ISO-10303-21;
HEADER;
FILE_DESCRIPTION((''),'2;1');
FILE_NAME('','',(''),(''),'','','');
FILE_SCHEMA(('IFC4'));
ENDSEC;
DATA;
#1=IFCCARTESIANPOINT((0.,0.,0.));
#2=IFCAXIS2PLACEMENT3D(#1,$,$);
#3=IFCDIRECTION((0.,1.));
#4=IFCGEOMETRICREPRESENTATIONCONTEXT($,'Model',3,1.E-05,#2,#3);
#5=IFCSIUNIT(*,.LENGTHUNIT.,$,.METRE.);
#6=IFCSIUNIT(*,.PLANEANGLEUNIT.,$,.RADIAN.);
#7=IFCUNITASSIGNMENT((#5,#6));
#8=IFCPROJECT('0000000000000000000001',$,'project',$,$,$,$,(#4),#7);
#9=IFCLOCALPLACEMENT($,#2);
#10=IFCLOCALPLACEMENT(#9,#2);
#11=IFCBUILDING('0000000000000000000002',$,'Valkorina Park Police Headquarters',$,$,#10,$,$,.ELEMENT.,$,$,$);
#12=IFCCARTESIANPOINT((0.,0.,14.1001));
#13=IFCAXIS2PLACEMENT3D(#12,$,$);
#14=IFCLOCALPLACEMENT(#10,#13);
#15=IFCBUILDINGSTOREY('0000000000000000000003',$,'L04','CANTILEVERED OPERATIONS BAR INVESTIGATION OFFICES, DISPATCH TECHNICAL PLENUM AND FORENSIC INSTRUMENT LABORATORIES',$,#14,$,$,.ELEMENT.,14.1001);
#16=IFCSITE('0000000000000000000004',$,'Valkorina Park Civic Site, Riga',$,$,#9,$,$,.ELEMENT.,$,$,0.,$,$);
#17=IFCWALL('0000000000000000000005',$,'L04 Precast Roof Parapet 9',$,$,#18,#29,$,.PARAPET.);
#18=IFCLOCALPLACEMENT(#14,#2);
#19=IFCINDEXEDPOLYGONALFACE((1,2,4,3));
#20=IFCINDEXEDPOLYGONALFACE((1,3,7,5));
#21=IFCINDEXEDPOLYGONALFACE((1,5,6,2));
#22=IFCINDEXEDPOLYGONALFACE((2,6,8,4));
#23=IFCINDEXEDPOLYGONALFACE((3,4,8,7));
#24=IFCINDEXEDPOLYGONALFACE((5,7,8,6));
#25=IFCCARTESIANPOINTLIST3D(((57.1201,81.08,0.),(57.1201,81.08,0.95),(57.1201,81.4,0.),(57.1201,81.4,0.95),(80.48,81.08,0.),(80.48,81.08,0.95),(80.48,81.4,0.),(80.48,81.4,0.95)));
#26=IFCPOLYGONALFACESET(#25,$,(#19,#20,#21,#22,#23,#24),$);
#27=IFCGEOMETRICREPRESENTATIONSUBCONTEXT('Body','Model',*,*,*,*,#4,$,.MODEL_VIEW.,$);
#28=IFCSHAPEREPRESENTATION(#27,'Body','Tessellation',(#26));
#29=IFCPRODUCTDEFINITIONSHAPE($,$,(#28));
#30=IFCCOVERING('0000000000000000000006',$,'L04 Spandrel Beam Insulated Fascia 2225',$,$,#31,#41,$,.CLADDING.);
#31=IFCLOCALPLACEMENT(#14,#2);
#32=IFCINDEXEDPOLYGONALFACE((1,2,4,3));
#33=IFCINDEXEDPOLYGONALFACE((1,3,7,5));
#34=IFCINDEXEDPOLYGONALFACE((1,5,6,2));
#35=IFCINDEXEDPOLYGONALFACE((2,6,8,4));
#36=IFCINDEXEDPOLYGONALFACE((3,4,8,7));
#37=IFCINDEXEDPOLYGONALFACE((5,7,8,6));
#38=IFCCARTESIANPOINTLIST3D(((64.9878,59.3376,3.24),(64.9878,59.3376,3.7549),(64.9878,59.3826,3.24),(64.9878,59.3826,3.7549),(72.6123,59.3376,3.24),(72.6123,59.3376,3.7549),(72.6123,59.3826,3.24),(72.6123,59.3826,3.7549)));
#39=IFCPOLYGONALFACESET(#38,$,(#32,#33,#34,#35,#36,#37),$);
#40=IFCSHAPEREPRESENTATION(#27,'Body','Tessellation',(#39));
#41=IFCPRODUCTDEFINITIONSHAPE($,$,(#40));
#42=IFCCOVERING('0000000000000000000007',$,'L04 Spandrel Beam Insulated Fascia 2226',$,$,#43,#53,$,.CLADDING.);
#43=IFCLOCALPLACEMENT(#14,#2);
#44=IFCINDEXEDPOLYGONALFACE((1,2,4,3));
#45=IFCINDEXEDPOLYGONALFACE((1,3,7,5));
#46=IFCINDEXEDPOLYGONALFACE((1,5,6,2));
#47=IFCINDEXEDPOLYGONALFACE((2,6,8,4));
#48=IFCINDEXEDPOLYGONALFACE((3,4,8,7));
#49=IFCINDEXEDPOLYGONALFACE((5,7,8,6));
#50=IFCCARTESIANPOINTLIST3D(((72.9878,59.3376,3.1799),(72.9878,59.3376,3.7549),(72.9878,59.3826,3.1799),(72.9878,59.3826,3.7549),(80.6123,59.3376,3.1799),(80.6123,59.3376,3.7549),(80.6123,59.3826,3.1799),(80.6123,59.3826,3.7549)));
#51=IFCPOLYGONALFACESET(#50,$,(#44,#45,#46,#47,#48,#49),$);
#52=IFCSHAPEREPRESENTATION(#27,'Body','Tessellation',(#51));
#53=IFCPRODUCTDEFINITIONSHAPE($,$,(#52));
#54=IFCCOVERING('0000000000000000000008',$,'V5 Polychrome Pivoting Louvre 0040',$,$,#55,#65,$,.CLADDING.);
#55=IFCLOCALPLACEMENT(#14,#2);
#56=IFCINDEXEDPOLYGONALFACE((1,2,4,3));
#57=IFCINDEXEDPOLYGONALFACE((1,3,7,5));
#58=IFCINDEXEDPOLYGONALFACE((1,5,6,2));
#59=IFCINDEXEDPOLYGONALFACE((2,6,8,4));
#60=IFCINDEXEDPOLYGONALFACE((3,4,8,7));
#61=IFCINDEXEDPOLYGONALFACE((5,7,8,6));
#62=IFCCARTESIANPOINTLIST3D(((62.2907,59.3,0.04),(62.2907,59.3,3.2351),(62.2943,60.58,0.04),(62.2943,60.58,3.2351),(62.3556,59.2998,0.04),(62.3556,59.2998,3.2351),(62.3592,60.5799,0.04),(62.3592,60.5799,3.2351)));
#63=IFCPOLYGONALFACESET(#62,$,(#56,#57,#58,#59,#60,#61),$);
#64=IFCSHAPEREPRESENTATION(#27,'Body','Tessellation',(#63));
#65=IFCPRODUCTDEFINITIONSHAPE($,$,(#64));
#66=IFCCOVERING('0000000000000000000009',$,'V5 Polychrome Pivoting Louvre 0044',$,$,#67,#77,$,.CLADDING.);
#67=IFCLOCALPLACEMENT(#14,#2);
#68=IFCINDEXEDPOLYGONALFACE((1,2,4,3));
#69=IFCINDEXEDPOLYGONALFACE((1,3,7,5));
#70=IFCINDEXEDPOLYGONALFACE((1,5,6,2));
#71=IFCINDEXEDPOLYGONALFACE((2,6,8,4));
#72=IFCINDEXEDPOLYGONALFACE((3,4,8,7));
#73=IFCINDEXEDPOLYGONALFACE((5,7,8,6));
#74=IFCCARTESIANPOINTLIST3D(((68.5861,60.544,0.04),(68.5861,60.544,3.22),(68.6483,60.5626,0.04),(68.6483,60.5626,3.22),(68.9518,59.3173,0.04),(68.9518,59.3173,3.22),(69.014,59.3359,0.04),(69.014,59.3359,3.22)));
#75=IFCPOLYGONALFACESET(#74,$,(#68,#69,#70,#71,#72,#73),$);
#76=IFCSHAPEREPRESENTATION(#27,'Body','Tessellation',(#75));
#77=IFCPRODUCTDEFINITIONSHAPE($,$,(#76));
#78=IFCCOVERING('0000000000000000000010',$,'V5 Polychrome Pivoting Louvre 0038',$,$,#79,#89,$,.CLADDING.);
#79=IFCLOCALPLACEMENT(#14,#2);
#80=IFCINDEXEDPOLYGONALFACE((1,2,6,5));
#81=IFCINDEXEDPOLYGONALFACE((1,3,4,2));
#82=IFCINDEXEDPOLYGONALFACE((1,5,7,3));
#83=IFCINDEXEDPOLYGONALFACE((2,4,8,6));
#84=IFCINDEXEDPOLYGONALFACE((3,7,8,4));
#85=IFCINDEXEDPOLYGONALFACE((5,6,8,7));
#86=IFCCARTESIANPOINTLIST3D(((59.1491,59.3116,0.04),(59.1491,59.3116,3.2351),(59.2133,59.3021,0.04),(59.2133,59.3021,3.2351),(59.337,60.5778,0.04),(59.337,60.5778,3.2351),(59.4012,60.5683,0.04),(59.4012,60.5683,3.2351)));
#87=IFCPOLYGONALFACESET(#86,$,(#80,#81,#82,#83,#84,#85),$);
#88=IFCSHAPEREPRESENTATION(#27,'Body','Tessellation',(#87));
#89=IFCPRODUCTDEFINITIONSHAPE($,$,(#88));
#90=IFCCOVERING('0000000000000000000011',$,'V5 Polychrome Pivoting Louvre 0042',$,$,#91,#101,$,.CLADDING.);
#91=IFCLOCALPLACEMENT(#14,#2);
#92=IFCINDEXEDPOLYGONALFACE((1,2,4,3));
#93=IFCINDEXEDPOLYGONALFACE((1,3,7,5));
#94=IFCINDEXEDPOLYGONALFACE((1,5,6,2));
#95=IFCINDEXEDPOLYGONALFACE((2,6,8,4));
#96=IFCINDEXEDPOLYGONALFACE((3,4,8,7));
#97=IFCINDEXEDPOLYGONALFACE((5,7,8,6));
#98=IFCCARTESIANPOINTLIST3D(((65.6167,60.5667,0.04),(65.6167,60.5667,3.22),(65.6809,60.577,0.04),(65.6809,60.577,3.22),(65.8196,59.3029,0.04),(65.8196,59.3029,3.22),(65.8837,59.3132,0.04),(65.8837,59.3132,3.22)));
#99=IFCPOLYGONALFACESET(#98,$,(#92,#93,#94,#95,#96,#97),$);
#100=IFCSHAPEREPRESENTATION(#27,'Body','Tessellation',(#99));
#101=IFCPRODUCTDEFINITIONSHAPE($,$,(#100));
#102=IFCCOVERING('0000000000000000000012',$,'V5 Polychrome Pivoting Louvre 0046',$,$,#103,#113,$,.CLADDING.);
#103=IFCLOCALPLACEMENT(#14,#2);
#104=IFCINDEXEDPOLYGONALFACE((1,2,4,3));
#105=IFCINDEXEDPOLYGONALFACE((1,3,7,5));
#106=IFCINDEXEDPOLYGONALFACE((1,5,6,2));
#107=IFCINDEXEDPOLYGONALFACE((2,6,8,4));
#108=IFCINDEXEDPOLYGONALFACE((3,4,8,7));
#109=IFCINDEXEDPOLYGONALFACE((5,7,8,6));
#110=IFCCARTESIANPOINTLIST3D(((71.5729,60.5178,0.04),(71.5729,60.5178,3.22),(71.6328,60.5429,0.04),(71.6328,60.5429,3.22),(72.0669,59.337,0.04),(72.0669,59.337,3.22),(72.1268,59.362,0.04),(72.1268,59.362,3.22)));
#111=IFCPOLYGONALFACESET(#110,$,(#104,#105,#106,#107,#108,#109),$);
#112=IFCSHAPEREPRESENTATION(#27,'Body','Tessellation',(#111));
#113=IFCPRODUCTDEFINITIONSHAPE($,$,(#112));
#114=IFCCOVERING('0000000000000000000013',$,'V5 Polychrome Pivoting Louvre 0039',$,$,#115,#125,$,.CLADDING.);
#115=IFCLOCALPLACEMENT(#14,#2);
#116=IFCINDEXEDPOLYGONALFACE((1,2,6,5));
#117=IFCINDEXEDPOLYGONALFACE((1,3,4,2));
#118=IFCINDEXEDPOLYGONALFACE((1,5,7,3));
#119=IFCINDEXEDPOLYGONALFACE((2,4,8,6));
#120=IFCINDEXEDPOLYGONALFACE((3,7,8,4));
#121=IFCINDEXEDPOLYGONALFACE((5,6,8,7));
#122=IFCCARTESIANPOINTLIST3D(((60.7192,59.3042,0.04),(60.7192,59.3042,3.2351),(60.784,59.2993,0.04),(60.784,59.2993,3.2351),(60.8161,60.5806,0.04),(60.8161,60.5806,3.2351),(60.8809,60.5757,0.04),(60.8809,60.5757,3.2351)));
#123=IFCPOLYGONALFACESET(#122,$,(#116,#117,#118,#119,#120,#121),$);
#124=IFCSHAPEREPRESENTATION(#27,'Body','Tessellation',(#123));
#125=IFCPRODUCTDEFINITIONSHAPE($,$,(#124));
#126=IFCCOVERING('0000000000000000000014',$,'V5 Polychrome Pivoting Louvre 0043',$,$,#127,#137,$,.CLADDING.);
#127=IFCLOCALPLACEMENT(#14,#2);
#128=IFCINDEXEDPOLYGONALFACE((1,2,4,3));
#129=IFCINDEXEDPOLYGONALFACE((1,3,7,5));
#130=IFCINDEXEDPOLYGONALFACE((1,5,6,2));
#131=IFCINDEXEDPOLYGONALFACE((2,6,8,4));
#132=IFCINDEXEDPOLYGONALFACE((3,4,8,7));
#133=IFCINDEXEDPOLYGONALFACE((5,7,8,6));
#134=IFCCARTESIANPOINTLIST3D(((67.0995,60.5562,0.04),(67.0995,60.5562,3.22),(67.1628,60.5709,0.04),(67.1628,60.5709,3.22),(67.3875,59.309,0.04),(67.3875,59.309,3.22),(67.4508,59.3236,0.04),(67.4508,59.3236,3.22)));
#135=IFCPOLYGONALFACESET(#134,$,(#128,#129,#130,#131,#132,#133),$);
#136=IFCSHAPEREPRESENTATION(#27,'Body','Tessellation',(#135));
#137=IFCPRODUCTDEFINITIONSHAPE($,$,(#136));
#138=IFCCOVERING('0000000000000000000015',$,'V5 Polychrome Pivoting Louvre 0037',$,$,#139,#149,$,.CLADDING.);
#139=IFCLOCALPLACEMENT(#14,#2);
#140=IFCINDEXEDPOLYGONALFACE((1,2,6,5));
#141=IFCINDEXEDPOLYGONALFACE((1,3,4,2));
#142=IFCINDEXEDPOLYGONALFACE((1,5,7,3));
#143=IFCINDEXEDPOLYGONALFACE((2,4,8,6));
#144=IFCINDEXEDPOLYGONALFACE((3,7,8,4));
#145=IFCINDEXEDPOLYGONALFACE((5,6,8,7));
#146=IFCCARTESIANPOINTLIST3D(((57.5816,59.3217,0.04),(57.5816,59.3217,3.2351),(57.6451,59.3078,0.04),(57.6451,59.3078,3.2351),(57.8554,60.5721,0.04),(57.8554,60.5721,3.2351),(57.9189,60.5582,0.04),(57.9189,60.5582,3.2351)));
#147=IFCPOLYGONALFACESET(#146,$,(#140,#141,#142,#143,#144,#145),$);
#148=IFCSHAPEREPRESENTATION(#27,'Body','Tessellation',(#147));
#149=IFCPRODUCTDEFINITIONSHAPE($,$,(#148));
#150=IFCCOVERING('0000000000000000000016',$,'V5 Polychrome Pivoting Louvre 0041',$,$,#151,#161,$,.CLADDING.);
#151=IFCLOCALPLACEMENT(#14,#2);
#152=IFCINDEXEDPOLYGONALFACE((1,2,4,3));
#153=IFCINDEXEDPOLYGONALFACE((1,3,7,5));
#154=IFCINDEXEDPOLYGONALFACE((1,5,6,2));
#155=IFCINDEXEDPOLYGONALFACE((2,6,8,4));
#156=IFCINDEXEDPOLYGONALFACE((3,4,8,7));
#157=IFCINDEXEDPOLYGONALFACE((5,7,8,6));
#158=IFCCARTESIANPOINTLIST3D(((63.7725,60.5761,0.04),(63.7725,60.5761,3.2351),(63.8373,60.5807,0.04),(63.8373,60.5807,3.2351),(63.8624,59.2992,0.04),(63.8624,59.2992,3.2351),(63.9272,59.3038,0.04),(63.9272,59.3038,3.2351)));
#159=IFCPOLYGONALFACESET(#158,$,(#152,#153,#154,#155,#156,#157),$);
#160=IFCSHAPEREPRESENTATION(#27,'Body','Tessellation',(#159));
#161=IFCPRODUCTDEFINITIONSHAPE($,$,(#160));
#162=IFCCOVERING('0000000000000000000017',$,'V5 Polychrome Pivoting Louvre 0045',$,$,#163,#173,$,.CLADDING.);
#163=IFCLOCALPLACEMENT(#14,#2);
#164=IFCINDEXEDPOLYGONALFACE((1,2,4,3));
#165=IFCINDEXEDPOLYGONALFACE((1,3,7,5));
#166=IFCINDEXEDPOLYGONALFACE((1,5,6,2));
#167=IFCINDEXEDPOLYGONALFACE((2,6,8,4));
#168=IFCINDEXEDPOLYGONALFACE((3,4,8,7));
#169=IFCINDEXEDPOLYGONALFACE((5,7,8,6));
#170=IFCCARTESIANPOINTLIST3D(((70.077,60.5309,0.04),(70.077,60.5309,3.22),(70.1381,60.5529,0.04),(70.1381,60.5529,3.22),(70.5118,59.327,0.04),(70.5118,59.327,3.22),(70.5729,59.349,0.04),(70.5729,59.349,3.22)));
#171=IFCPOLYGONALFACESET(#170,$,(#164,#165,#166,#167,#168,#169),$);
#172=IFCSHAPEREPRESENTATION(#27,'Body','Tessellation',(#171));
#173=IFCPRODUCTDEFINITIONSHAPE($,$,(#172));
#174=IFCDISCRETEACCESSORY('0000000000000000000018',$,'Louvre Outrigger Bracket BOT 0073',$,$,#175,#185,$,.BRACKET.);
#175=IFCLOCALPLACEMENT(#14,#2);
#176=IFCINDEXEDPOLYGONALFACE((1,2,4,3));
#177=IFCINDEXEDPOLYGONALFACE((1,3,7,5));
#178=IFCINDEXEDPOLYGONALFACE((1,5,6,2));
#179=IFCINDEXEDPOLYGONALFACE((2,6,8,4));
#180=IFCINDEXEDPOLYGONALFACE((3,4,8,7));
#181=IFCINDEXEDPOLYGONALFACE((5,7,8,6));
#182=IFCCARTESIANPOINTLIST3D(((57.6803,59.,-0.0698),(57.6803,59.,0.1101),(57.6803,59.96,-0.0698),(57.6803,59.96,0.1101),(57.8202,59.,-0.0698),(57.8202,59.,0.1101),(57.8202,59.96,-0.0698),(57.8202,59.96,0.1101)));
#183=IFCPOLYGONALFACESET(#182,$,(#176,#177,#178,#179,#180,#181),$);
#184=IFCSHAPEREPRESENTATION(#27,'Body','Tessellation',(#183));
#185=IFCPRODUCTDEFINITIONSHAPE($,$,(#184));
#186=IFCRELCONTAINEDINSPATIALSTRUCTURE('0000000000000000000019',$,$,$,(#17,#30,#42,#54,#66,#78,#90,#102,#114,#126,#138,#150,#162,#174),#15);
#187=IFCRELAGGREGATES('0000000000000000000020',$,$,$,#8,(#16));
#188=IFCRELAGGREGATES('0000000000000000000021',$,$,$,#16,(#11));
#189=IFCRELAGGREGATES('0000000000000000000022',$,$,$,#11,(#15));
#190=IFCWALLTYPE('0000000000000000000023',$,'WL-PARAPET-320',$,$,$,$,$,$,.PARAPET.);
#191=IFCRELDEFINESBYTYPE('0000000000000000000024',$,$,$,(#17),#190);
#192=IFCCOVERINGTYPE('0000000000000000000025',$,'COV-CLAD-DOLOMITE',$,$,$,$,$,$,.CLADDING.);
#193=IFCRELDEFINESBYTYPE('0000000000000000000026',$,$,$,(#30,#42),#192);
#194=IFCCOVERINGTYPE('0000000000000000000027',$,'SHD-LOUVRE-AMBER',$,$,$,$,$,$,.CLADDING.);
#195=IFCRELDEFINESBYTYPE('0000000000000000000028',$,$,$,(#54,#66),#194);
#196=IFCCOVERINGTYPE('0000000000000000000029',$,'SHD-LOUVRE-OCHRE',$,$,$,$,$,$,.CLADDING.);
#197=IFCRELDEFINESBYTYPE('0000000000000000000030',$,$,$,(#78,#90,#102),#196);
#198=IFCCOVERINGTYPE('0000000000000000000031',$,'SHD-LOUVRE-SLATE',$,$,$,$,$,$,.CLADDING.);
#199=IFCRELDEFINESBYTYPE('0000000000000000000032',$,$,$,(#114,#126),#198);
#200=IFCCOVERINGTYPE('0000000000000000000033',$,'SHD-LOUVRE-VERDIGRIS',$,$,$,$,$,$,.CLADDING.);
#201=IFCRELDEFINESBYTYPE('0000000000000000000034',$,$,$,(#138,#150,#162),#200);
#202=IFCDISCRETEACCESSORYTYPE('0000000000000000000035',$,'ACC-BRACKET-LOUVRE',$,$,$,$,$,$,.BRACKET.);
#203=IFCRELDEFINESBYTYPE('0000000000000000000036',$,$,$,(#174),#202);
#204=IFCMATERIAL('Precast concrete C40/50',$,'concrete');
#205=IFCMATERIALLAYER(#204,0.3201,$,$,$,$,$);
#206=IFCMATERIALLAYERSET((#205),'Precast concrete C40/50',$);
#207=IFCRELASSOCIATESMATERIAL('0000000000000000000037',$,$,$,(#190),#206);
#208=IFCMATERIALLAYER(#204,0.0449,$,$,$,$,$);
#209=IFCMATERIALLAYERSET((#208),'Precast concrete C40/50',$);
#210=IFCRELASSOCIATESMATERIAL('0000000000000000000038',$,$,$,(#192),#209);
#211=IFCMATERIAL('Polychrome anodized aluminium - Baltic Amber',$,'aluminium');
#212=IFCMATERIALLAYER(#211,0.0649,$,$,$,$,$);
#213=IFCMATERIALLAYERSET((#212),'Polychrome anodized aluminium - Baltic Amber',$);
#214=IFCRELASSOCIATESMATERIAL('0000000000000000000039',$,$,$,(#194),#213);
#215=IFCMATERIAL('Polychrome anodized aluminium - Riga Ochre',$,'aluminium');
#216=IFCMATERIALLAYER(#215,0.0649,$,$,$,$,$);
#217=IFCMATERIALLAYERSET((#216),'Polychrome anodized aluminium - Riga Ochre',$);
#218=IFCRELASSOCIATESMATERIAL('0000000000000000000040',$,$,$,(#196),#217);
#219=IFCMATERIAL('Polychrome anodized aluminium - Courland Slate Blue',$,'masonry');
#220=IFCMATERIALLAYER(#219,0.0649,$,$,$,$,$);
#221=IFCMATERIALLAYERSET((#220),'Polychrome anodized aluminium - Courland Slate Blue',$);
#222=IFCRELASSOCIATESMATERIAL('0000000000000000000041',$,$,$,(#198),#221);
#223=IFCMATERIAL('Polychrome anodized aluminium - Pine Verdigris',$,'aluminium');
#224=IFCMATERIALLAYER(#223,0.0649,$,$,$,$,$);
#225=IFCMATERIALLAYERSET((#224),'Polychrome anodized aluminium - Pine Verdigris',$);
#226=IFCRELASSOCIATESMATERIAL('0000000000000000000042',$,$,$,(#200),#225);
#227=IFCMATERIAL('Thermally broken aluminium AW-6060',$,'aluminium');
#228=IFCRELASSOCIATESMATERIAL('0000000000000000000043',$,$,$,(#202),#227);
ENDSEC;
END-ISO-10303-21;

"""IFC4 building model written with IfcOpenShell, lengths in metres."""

from ifc_helpers import new_model, si_unit, direction, frame, frame_2d, origin, origin_2d, place, context, subcontext, project, spatial, rectangle, extrude, material, layer, layer_set, type_object, element, save


model = new_model("IFC4")

# Units and contexts
model_context = context("Model", 3, precision=1e-05, world=origin(), true_north=direction((0.0, 1.0)))
body_context = subcontext(model_context, "Body", "Model", "MODEL_VIEW")
ifc_project = project(units=[si_unit("LENGTHUNIT", "METRE"), si_unit("PLANEANGLEUNIT", "RADIAN")], contexts=[model_context])

# Site, building, storey
site_placement = place(None, origin())
site = spatial("IfcSite", under=ifc_project, at=site_placement, Name="Valkorina Park Civic Site, Riga", CompositionType="ELEMENT", RefElevation=0.0)
building_placement = place(site_placement, origin())
building = spatial("IfcBuilding", under=site, at=building_placement, Name="Valkorina Park Police Headquarters", CompositionType="ELEMENT")
storey_placement = place(building_placement, frame((0.0, 0.0, 14.1001)))
storey = spatial("IfcBuildingStorey", under=building, at=storey_placement, Name="L04", Description="CANTILEVERED OPERATIONS BAR INVESTIGATION OFFICES, DISPATCH TECHNICAL PLENUM AND FORENSIC INSTRUMENT LABORATORIES", CompositionType="ELEMENT", Elevation=14.1001)

# Wall
ifc_material_1 = material(Name="Precast concrete C40/50", Category="concrete")
ifc_layer_1 = layer(ifc_material_1, 0.3201)
ifc_layer_set_1 = layer_set([ifc_layer_1], Name="Precast concrete C40/50")
wall_type = type_object("IfcWallType", Name="WL-PARAPET-320", PredefinedType="PARAPET", material=ifc_layer_set_1)
wall_placement = place(storey_placement, frame((57.1201, 81.24, 0.0), z_axis=(0.0, 0.0, 1.0), x_axis=(1.0, 0.0, 0.0)))
element("IfcWall", 1, at=wall_placement, inside=storey, type_object=wall_type, Name="L04 Precast Roof Parapet 9", PredefinedType="PARAPET", context=body_context, shape_type="SweptSolid", body=[
    extrude(rectangle(XDim=23.3599, YDim=0.3201, at=frame_2d((11.6799, 0.0))), origin(), (0.0, 0.0, 1.0), 0.95),
])

# Coverings
ifc_layer_2 = layer(ifc_material_1, 0.0449)
ifc_layer_set_2 = layer_set([ifc_layer_2], Name="Precast concrete C40/50")
covering_type_1 = type_object("IfcCoveringType", Name="COV-CLAD-DOLOMITE", PredefinedType="CLADDING", material=ifc_layer_set_2)
covering_1_placement = place(storey_placement, frame((64.9878, 59.3601, 3.24), z_axis=(0.0, 0.0, 1.0), x_axis=(1.0, 0.0, 0.0)))
element("IfcCovering", 2, at=covering_1_placement, inside=storey, type_object=covering_type_1, Name="L04 Spandrel Beam Insulated Fascia 2225", PredefinedType="CLADDING", context=body_context, shape_type="SweptSolid", body=[
    extrude(rectangle(XDim=7.6245, YDim=0.0449, at=frame_2d((3.8123, 0.0))), origin(), (0.0, 0.0, 1.0), 0.5149),
])
covering_2_placement = place(storey_placement, frame((72.9878, 59.3601, 3.1799), z_axis=(0.0, 0.0, 1.0), x_axis=(1.0, 0.0, 0.0)))
element("IfcCovering", 3, at=covering_2_placement, inside=storey, type_object=covering_type_1, Name="L04 Spandrel Beam Insulated Fascia 2226", PredefinedType="CLADDING", context=body_context, shape_type="SweptSolid", body=[
    extrude(rectangle(XDim=7.6245, YDim=0.0449, at=frame_2d((3.8123, 0.0))), origin(), (0.0, 0.0, 1.0), 0.575),
])
ifc_material_2 = material(Name="Polychrome anodized aluminium - Baltic Amber", Category="aluminium")
ifc_layer_3 = layer(ifc_material_2, 0.0649)
ifc_layer_set_3 = layer_set([ifc_layer_3], Name="Polychrome anodized aluminium - Baltic Amber")
covering_type_2 = type_object("IfcCoveringType", Name="SHD-LOUVRE-AMBER", PredefinedType="CLADDING", material=ifc_layer_set_3)
covering_3_placement = place(storey_placement, frame((62.325, 59.9399, 0.04), z_axis=(0.0, 0.0, 1.0), x_axis=(0.002793, 0.999996, 0.0)))
element("IfcCovering", 4, at=covering_3_placement, inside=storey, type_object=covering_type_2, Name="V5 Polychrome Pivoting Louvre 0040", PredefinedType="CLADDING", context=body_context, shape_type="SweptSolid", body=[
    extrude(rectangle(XDim=1.28, YDim=0.0649, at=origin_2d()), origin(), (0.0, 0.0, 1.0), 3.1951),
])
covering_4_placement = place(storey_placement, frame((68.8, 59.9399, 0.04), z_axis=(0.0, 0.0, 1.0), x_axis=(-0.285688, 0.958323, 0.0)))
element("IfcCovering", 5, at=covering_4_placement, inside=storey, type_object=covering_type_2, Name="V5 Polychrome Pivoting Louvre 0044", PredefinedType="CLADDING", context=body_context, shape_type="SweptSolid", body=[
    extrude(rectangle(XDim=1.28, YDim=0.0649, at=origin_2d()), origin(), (0.0, 0.0, 1.0), 3.1799),
])
ifc_material_3 = material(Name="Polychrome anodized aluminium - Riga Ochre", Category="aluminium")
ifc_layer_4 = layer(ifc_material_3, 0.0649)
ifc_layer_set_4 = layer_set([ifc_layer_4], Name="Polychrome anodized aluminium - Riga Ochre")
covering_type_3 = type_object("IfcCoveringType", Name="SHD-LOUVRE-OCHRE", PredefinedType="CLADDING", material=ifc_layer_set_4)
covering_5_placement = place(storey_placement, frame((59.2751, 59.9399, 0.04), z_axis=(0.0, 0.0, 1.0), x_axis=(0.146774, 0.98917, 0.0)))
element("IfcCovering", 6, at=covering_5_placement, inside=storey, type_object=covering_type_3, Name="V5 Polychrome Pivoting Louvre 0038", PredefinedType="CLADDING", context=body_context, shape_type="SweptSolid", body=[
    extrude(rectangle(XDim=1.28, YDim=0.0649, at=origin_2d()), origin(), (0.0, 0.0, 1.0), 3.1951),
])
for number, where, z_axis, x_axis, name in (
    (7, (65.7502, 59.9399, 0.04), (0.0, 0.0, 1.0), (-0.158503, 0.987359, 0.0), "V5 Polychrome Pivoting Louvre 0042"),
    (8, (71.8499, 59.9399, 0.04), (0.0, 0.0, 1.0), (-0.385906, 0.922538, 0.0), "V5 Polychrome Pivoting Louvre 0046"),
):
    element("IfcCovering", number, at=place(storey_placement, frame(where, z_axis=z_axis, x_axis=x_axis)), inside=storey, type_object=covering_type_3, Name=name, PredefinedType="CLADDING", context=body_context, shape_type="SweptSolid", body=[
        extrude(rectangle(XDim=1.28, YDim=0.0649, at=origin_2d()), origin(), (0.0, 0.0, 1.0), 3.1799),
    ])
ifc_material_4 = material(Name="Polychrome anodized aluminium - Courland Slate Blue", Category="masonry")
ifc_layer_5 = layer(ifc_material_4, 0.0649)
ifc_layer_set_5 = layer_set([ifc_layer_5], Name="Polychrome anodized aluminium - Courland Slate Blue")
covering_type_4 = type_object("IfcCoveringType", Name="SHD-LOUVRE-SLATE", PredefinedType="CLADDING", material=ifc_layer_set_5)
covering_6_placement = place(storey_placement, frame((60.8, 59.9399, 0.04), z_axis=(0.0, 0.0, 1.0), x_axis=(0.075675, 0.997133, 0.0)))
element("IfcCovering", 9, at=covering_6_placement, inside=storey, type_object=covering_type_4, Name="V5 Polychrome Pivoting Louvre 0039", PredefinedType="CLADDING", context=body_context, shape_type="SweptSolid", body=[
    extrude(rectangle(XDim=1.28, YDim=0.0649, at=origin_2d()), origin(), (0.0, 0.0, 1.0), 3.1951),
])
covering_7_placement = place(storey_placement, frame((67.2751, 59.9399, 0.04), z_axis=(0.0, 0.0, 1.0), x_axis=(-0.224951, 0.97437, 0.0)))
element("IfcCovering", 10, at=covering_7_placement, inside=storey, type_object=covering_type_4, Name="V5 Polychrome Pivoting Louvre 0043", PredefinedType="CLADDING", context=body_context, shape_type="SweptSolid", body=[
    extrude(rectangle(XDim=1.28, YDim=0.0649, at=origin_2d()), origin(), (0.0, 0.0, 1.0), 3.1799),
])
ifc_material_5 = material(Name="Polychrome anodized aluminium - Pine Verdigris", Category="aluminium")
ifc_layer_6 = layer(ifc_material_5, 0.0649)
ifc_layer_set_6 = layer_set([ifc_layer_6], Name="Polychrome anodized aluminium - Pine Verdigris")
covering_type_5 = type_object("IfcCoveringType", Name="SHD-LOUVRE-VERDIGRIS", PredefinedType="CLADDING", material=ifc_layer_set_6)
for number, where, z_axis, x_axis, name in (
    (11, (57.7502, 59.9399, 0.04), (0.0, 0.0, 1.0), (0.213883, 0.976859, 0.0), "V5 Polychrome Pivoting Louvre 0037"),
    (12, (63.8499, 59.9399, 0.04), (0.0, 0.0, 1.0), (-0.070279, 0.997527, 0.0), "V5 Polychrome Pivoting Louvre 0041"),
):
    element("IfcCovering", number, at=place(storey_placement, frame(where, z_axis=z_axis, x_axis=x_axis)), inside=storey, type_object=covering_type_5, Name=name, PredefinedType="CLADDING", context=body_context, shape_type="SweptSolid", body=[
        extrude(rectangle(XDim=1.28, YDim=0.0649, at=origin_2d()), origin(), (0.0, 0.0, 1.0), 3.1951),
    ])
covering_8_placement = place(storey_placement, frame((70.325, 59.9399, 0.04), z_axis=(0.0, 0.0, 1.0), x_axis=(-0.339723, 0.940526, 0.0)))
element("IfcCovering", 13, at=covering_8_placement, inside=storey, type_object=covering_type_5, Name="V5 Polychrome Pivoting Louvre 0045", PredefinedType="CLADDING", context=body_context, shape_type="SweptSolid", body=[
    extrude(rectangle(XDim=1.28, YDim=0.0649, at=origin_2d()), origin(), (0.0, 0.0, 1.0), 3.1799),
])

# Discrete accessory
ifc_material_6 = material(Name="Thermally broken aluminium AW-6060", Category="aluminium")
discrete_accessory_type = type_object("IfcDiscreteAccessoryType", Name="ACC-BRACKET-LOUVRE", PredefinedType="BRACKET", material=ifc_material_6)
for number, where, z_axis, x_axis, name in (
    (14, (57.7502, 59.48, -0.0698), (0.0, 0.0, 1.0), (0.0, 1.0, 0.0), "Louvre Outrigger Bracket BOT 0073"),
):
    element("IfcDiscreteAccessory", number, at=place(storey_placement, frame(where, z_axis=z_axis, x_axis=x_axis)), inside=storey, type_object=discrete_accessory_type, Name=name, PredefinedType="BRACKET", context=body_context, shape_type="SweptSolid", body=[
        extrude(rectangle(XDim=0.96, YDim=0.1399, at=origin_2d()), origin(), (0.0, 0.0, 1.0), 0.1799),
    ])

save(model, "model.ifc")
